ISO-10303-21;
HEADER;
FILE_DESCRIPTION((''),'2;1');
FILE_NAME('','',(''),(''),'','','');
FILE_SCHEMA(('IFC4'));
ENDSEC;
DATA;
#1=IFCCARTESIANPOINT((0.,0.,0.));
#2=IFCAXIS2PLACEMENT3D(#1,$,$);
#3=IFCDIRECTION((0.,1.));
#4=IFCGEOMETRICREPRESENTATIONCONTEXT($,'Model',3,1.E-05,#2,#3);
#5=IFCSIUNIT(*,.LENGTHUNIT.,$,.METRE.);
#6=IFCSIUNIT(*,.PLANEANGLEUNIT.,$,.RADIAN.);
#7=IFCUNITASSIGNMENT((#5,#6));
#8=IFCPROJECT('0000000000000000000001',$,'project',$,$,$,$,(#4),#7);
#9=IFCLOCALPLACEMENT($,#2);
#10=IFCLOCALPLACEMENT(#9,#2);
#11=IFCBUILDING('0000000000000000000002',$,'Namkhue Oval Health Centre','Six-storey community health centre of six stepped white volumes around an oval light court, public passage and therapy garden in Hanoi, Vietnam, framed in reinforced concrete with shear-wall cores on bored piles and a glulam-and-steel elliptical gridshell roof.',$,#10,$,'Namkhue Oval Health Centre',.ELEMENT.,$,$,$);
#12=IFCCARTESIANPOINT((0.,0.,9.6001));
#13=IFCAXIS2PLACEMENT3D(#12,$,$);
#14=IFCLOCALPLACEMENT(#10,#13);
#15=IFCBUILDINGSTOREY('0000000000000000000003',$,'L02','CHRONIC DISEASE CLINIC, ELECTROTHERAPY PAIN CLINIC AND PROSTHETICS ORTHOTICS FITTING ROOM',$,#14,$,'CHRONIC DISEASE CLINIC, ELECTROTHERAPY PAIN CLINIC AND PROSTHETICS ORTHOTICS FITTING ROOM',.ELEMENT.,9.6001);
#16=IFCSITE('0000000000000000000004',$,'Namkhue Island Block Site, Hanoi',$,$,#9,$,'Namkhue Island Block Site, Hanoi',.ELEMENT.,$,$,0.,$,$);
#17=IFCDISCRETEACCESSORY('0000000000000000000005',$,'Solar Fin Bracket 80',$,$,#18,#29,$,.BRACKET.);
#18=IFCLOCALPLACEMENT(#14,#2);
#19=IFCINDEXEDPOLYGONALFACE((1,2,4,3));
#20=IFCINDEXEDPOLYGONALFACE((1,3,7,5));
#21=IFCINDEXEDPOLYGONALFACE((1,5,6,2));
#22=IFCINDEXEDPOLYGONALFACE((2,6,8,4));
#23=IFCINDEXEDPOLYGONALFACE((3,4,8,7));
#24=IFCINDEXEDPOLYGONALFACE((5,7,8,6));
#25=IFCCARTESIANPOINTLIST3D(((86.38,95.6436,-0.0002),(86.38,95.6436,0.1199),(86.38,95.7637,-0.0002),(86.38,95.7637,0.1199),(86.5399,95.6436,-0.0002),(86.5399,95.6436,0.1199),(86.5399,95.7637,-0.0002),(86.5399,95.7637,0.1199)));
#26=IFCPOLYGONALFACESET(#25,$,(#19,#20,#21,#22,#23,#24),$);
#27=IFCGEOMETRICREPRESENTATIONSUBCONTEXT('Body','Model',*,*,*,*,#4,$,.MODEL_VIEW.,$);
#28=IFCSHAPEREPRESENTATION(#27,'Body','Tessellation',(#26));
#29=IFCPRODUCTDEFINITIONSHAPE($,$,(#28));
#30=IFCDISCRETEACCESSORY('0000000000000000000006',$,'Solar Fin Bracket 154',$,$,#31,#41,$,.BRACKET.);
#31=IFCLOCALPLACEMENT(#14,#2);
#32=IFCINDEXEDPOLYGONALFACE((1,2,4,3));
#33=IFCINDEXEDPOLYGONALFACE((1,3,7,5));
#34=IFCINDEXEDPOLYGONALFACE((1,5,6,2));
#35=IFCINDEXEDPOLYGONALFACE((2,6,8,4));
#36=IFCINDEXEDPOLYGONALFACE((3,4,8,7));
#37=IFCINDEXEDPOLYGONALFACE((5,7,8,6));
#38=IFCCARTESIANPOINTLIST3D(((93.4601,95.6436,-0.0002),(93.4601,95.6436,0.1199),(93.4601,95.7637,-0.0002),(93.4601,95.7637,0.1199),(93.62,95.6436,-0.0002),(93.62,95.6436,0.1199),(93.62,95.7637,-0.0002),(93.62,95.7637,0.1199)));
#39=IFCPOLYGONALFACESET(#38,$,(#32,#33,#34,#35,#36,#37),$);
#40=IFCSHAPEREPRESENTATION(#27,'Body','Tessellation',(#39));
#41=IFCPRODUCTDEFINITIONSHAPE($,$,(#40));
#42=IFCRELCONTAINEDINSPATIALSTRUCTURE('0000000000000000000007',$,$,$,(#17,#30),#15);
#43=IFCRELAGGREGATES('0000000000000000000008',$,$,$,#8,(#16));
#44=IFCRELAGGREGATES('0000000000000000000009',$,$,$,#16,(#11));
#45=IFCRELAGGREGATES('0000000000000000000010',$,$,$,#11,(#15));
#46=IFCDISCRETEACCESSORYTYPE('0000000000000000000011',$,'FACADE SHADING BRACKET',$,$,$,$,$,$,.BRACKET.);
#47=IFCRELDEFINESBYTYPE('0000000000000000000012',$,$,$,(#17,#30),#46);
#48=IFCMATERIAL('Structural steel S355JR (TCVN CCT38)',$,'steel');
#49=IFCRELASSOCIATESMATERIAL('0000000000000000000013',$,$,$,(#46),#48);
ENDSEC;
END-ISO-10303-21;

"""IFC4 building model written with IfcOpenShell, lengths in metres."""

from ifc_helpers import new_model, si_unit, direction, frame, origin, origin_2d, place, context, subcontext, project, spatial, rectangle, extrude, material, type_object, element, save


model = new_model("IFC4")

# Units and contexts
model_context = context("Model", 3, precision=1e-05, world=origin(), true_north=direction((0.0, 1.0)))
body_context = subcontext(model_context, "Body", "Model", "MODEL_VIEW")
ifc_project = project(units=[si_unit("LENGTHUNIT", "METRE"), si_unit("PLANEANGLEUNIT", "RADIAN")], contexts=[model_context])

# Site, building, storey
site_placement = place(None, origin())
site = spatial("IfcSite", under=ifc_project, at=site_placement, Name="Namkhue Island Block Site, Hanoi", LongName="Namkhue Island Block Site, Hanoi", CompositionType="ELEMENT", RefElevation=0.0)
building_placement = place(site_placement, origin())
building = spatial("IfcBuilding", under=site, at=building_placement, Name="Namkhue Oval Health Centre", Description="Six-storey community health centre of six stepped white volumes around an oval light court, public passage and therapy garden in Hanoi, Vietnam, framed in reinforced concrete with shear-wall cores on bored piles and a glulam-and-steel elliptical gridshell roof.", LongName="Namkhue Oval Health Centre", CompositionType="ELEMENT")
storey_placement = place(building_placement, frame((0.0, 0.0, 9.6001)))
storey = spatial("IfcBuildingStorey", under=building, at=storey_placement, Name="L02", Description="CHRONIC DISEASE CLINIC, ELECTROTHERAPY PAIN CLINIC AND PROSTHETICS ORTHOTICS FITTING ROOM", LongName="CHRONIC DISEASE CLINIC, ELECTROTHERAPY PAIN CLINIC AND PROSTHETICS ORTHOTICS FITTING ROOM", CompositionType="ELEMENT", Elevation=9.6001)

# Discrete accessories
ifc_material_1 = material(Name="Structural steel S355JR (TCVN CCT38)", Category="steel")
discrete_accessory_type = type_object("IfcDiscreteAccessoryType", Name="FACADE SHADING BRACKET", PredefinedType="BRACKET", material=ifc_material_1)
for number, where, z_axis, x_axis, name in (
    (1, (86.46, 95.7036, -0.0002), (0.0, 0.0, 1.0), (1.0, 0.0, 0.0), "Solar Fin Bracket 80"),
    (2, (93.54, 95.7036, -0.0002), (0.0, 0.0, 1.0), (-1.0, 0.0, 0.0), "Solar Fin Bracket 154"),
):
    element("IfcDiscreteAccessory", number, at=place(storey_placement, frame(where, z_axis=z_axis, x_axis=x_axis)), inside=storey, type_object=discrete_accessory_type, Name=name, PredefinedType="BRACKET", context=body_context, shape_type="SweptSolid", body=[
        extrude(rectangle(XDim=0.1599, YDim=0.1201, at=origin_2d()), origin(), (0.0, 0.0, 1.0), 0.1201),
    ])

save(model, "model.ifc")
